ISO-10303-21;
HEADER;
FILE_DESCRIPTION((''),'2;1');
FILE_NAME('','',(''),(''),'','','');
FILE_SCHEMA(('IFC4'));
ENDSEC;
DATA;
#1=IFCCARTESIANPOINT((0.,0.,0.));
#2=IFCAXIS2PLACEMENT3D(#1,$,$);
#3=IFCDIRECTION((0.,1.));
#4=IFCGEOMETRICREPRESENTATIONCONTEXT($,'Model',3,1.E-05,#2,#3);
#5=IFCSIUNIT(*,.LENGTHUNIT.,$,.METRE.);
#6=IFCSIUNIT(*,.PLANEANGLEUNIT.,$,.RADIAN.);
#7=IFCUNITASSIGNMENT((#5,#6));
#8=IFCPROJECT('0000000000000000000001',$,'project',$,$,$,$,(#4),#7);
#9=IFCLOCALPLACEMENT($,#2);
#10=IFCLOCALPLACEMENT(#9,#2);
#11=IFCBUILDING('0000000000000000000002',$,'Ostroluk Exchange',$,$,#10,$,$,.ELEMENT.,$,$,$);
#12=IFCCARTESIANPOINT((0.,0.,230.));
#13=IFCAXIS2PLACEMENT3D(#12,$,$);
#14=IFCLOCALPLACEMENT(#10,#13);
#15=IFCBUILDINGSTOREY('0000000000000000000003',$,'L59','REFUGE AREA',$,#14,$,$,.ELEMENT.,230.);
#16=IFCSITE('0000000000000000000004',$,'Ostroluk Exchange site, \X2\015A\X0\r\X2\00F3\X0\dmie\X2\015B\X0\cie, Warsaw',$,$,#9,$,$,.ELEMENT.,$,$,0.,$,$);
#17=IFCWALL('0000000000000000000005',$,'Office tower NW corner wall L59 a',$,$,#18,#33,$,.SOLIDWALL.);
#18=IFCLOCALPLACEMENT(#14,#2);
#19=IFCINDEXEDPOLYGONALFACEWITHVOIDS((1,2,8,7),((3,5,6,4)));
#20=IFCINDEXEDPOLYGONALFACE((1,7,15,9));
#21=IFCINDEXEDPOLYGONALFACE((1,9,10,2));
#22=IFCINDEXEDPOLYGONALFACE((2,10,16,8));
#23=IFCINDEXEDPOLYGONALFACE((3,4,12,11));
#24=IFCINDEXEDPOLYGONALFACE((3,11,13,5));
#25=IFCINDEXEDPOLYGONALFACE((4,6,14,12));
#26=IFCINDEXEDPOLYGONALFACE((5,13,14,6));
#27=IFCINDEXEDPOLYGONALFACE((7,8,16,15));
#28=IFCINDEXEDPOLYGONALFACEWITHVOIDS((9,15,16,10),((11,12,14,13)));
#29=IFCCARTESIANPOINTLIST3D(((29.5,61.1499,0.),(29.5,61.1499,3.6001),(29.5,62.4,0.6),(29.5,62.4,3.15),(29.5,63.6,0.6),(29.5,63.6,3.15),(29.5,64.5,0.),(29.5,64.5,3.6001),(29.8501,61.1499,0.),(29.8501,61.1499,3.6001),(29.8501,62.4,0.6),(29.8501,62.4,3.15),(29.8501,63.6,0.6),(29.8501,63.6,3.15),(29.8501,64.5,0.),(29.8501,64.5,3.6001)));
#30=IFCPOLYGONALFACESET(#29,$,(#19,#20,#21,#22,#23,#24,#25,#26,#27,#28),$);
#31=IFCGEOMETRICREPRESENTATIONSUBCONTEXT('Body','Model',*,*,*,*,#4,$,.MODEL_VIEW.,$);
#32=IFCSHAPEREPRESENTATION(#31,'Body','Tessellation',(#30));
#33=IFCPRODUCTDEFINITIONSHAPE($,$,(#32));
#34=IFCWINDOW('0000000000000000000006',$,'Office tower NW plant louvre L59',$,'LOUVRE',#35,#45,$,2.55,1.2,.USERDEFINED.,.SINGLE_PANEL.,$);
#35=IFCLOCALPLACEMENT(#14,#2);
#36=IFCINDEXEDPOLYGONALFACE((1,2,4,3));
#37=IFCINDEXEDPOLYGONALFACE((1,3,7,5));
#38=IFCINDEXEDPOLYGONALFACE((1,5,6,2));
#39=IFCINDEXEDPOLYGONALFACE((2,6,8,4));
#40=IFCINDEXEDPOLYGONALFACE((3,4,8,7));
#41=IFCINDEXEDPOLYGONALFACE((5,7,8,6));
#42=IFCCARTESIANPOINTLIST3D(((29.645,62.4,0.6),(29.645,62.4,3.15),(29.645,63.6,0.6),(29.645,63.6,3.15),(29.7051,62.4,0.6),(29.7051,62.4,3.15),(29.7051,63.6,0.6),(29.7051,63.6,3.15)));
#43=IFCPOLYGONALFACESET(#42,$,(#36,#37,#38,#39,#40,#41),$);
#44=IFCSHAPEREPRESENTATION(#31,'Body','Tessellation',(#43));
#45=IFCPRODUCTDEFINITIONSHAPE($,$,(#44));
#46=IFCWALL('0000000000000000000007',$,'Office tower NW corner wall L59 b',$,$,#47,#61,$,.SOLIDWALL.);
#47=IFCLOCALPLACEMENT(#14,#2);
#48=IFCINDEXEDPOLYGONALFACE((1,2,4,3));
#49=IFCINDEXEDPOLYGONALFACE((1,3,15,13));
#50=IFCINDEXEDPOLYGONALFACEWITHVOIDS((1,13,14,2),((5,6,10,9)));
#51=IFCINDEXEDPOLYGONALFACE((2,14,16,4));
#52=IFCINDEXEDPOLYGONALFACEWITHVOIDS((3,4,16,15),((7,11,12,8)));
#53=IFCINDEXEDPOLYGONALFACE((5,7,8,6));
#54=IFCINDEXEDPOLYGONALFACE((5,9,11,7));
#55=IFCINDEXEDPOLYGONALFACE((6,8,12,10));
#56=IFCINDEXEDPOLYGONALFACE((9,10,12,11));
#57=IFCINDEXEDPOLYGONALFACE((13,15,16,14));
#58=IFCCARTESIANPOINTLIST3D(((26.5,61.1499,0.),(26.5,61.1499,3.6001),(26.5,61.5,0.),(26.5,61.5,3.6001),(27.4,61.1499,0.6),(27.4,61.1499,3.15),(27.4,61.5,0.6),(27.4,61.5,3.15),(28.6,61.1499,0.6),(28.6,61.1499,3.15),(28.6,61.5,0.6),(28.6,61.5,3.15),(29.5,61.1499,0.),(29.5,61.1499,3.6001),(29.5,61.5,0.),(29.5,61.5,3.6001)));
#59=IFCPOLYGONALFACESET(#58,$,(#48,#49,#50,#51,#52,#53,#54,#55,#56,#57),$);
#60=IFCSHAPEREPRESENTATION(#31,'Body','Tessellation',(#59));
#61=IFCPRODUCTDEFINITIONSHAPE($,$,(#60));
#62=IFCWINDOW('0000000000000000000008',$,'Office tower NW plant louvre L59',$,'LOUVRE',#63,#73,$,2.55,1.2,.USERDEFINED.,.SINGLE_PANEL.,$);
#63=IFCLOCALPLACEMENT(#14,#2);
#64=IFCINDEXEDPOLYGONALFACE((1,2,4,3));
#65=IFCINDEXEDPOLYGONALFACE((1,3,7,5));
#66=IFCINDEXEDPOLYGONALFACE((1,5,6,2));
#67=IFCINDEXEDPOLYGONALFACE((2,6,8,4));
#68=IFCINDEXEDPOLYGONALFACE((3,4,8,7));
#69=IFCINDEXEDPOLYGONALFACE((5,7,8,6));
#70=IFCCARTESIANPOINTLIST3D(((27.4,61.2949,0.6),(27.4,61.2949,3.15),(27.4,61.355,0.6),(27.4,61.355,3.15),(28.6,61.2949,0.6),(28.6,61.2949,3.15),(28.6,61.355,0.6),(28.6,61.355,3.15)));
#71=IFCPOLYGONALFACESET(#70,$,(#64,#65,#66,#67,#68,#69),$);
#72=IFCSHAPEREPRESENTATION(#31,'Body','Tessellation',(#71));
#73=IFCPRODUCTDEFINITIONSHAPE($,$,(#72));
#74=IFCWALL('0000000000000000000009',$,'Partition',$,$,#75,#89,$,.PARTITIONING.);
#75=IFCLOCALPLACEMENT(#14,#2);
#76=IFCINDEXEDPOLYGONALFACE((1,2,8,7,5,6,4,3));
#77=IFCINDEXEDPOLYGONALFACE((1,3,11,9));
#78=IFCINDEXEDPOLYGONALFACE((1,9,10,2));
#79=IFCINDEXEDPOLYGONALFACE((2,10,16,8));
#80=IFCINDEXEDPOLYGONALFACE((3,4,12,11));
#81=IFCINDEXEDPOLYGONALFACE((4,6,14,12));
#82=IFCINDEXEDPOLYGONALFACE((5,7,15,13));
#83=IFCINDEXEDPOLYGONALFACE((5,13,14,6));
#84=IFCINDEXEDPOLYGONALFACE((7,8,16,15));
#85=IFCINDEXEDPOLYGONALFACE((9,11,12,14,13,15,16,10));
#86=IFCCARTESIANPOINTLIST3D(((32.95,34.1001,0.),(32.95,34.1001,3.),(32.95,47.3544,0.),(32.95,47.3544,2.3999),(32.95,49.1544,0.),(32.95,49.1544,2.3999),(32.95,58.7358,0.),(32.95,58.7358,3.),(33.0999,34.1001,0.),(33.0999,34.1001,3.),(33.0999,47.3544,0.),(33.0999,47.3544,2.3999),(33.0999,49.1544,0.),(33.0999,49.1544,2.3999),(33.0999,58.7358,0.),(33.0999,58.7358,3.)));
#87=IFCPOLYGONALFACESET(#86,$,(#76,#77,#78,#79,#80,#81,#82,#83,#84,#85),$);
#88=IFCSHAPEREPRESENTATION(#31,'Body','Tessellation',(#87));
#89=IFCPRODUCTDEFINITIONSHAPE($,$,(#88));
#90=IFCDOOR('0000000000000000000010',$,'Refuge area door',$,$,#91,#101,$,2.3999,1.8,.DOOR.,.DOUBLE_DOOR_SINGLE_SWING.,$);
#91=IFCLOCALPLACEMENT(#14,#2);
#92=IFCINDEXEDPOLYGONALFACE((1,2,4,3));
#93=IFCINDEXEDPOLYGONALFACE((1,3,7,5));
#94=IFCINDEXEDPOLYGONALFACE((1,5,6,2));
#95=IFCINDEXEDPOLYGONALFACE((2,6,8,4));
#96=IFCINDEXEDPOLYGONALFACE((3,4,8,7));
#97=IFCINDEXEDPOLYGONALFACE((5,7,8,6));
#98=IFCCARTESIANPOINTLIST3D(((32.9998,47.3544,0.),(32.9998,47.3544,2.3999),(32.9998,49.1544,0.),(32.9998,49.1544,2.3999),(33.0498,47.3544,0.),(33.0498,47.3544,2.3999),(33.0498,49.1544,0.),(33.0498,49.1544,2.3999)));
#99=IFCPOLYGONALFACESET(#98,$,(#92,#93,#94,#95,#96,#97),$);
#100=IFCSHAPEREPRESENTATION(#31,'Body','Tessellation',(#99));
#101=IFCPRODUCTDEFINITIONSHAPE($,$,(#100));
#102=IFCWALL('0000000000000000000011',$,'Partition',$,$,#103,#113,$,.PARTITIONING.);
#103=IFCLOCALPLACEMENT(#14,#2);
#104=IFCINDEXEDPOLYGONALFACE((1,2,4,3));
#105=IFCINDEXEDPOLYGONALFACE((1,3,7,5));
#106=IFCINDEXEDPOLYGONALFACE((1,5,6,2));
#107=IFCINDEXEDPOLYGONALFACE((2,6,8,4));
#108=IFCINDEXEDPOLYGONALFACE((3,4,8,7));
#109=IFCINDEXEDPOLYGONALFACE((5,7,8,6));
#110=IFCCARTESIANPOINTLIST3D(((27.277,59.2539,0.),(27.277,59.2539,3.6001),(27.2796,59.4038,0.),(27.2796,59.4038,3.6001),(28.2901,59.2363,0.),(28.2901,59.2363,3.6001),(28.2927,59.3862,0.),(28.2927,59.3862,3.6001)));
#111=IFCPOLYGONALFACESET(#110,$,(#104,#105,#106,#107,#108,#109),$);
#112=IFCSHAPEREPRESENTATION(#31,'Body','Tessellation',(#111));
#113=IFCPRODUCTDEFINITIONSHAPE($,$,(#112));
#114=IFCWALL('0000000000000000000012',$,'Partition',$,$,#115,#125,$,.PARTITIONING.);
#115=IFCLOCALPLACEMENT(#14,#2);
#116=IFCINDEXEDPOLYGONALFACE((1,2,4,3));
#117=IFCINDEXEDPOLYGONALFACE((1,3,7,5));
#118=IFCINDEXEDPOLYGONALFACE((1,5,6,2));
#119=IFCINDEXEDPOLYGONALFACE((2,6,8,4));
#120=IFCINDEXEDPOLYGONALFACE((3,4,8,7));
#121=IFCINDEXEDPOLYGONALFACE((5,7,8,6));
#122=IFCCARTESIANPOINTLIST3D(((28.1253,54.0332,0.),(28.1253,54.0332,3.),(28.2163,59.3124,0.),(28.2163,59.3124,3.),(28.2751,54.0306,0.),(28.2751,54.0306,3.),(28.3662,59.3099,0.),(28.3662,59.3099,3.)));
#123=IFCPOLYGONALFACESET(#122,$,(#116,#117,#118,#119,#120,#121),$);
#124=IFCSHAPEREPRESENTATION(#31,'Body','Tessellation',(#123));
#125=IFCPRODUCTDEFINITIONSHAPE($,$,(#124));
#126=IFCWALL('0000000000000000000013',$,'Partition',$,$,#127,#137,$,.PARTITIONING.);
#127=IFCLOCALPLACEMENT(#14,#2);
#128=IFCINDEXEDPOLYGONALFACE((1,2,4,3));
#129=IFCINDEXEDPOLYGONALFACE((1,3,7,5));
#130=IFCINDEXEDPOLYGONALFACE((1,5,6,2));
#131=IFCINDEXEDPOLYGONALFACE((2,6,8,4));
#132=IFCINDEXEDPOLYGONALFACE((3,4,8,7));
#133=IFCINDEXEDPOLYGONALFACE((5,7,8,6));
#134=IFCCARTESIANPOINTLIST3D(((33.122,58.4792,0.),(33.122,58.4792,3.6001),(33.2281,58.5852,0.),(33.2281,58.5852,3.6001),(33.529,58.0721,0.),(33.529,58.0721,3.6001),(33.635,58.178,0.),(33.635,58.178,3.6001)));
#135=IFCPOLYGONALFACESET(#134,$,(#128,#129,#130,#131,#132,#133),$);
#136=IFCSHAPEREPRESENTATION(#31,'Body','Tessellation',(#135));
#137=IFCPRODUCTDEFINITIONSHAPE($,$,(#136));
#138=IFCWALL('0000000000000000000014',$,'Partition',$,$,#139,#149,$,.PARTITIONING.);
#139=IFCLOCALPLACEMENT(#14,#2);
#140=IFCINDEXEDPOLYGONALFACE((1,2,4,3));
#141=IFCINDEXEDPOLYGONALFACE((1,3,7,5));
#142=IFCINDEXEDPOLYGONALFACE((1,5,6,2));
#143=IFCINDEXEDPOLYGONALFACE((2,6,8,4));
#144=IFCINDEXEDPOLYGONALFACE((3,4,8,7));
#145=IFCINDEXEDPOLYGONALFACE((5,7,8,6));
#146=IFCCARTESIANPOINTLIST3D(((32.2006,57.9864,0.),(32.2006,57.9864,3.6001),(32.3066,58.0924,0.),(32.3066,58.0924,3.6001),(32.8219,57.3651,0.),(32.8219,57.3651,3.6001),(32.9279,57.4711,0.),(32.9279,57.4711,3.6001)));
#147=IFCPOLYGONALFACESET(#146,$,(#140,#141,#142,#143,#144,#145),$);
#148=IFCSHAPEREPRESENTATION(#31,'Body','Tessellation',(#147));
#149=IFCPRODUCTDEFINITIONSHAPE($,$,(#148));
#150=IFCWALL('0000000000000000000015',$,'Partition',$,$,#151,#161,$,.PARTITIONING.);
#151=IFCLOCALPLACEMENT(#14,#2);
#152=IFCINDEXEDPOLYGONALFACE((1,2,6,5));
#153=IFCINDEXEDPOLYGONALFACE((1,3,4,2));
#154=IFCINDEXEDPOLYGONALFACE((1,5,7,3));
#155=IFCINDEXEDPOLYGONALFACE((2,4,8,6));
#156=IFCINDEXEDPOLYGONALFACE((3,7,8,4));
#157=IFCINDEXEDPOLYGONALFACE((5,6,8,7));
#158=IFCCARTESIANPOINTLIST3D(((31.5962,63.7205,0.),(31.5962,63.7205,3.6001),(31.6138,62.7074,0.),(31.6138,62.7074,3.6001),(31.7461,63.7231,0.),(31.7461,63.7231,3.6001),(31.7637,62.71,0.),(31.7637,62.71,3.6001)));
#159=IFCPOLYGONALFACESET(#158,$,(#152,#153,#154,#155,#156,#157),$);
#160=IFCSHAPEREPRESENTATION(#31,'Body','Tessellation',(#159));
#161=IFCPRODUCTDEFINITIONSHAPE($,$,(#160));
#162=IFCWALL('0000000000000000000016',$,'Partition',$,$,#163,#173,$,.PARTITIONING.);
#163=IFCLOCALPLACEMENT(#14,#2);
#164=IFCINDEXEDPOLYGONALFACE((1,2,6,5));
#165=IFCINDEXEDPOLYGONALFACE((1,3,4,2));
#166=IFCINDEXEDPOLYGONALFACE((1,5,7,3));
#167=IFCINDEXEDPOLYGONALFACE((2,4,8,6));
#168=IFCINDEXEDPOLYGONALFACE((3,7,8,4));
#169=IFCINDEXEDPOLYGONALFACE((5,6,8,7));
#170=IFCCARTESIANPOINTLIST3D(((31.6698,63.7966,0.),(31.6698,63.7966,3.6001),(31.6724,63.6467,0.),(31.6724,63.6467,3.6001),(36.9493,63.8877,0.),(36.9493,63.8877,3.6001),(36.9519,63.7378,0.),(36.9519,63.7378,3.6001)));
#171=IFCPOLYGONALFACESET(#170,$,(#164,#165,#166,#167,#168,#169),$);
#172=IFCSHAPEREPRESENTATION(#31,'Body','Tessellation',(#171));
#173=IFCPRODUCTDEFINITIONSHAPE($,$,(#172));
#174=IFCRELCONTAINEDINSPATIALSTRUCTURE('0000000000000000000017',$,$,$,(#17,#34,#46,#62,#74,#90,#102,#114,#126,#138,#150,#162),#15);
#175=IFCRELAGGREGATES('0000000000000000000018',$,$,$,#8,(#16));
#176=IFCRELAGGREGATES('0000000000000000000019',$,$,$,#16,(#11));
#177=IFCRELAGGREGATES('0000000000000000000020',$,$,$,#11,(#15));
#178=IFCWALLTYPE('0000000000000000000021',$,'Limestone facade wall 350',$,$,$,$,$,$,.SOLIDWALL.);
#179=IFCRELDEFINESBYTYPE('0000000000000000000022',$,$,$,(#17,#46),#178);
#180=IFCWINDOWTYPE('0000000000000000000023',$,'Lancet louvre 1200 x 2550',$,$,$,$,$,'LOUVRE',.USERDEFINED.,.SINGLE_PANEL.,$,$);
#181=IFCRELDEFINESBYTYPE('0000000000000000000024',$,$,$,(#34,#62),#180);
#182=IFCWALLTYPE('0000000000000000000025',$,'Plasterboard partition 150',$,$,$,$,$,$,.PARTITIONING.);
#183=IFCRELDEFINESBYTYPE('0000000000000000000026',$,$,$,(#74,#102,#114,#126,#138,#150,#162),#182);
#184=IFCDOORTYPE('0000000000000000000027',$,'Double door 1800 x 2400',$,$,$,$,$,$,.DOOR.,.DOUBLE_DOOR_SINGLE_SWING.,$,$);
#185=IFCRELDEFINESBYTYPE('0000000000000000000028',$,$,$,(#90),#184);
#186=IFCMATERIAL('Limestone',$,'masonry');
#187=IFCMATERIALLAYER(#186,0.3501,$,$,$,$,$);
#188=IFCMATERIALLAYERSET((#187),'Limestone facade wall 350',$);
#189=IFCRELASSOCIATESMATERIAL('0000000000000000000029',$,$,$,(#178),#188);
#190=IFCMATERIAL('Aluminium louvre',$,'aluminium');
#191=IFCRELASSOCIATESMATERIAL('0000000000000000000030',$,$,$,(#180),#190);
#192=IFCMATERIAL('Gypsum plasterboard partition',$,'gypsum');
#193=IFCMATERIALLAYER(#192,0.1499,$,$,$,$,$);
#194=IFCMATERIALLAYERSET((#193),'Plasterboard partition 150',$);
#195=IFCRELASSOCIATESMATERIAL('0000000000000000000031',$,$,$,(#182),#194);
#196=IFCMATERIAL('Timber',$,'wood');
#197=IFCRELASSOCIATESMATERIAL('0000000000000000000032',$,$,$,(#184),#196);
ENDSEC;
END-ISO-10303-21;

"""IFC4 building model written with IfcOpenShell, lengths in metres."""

from ifc_helpers import new_model, si_unit, direction, frame, frame_2d, origin, place, context, subcontext, project, spatial, rectangle, extrude, material, layer, layer_set, type_object, element, fill, save


model = new_model("IFC4")

# Units and contexts
model_context = context("Model", 3, precision=1e-05, world=origin(), true_north=direction((0.0, 1.0)))
body_context = subcontext(model_context, "Body", "Model", "MODEL_VIEW")
ifc_project = project(units=[si_unit("LENGTHUNIT", "METRE"), si_unit("PLANEANGLEUNIT", "RADIAN")], contexts=[model_context])

# Site, building, storey
site_placement = place(None, origin())
site = spatial("IfcSite", under=ifc_project, at=site_placement, Name="Ostroluk Exchange site, Śródmieście, Warsaw", CompositionType="ELEMENT", RefElevation=0.0)
building_placement = place(site_placement, origin())
building = spatial("IfcBuilding", under=site, at=building_placement, Name="Ostroluk Exchange", CompositionType="ELEMENT")
storey_placement = place(building_placement, frame((0.0, 0.0, 230.0)))
storey = spatial("IfcBuildingStorey", under=building, at=storey_placement, Name="L59", Description="REFUGE AREA", CompositionType="ELEMENT", Elevation=230.0)

# Walls, openings, windows
ifc_material_1 = material(Name="Limestone", Category="masonry")
ifc_layer_1 = layer(ifc_material_1, 0.3501)
ifc_layer_set_1 = layer_set([ifc_layer_1], Name="Limestone facade wall 350")
wall_type_1 = type_object("IfcWallType", Name="Limestone facade wall 350", PredefinedType="SOLIDWALL", material=ifc_layer_set_1)
wall_1_placement = place(storey_placement, frame((29.675, 64.5, 0.0), z_axis=(0.0, 0.0, 1.0), x_axis=(0.0, -1.0, 0.0)))
wall_1 = element("IfcWall", 1, at=wall_1_placement, inside=storey, type_object=wall_type_1, Name="Office tower NW corner wall L59 a", PredefinedType="SOLIDWALL", context=body_context, shape_type="SweptSolid", body=[
    extrude(rectangle(XDim=3.3501, YDim=0.3501, at=frame_2d((1.675, 0.0))), origin(), (0.0, 0.0, 1.0), 3.6001),
])
opening_1_placement = place(wall_1_placement, frame((0.8999, 0.0, 0.6001)))
opening_1 = element("IfcOpeningElement", 2, at=opening_1_placement, cuts=wall_1, PredefinedType="OPENING", context=body_context, shape_type="SweptSolid", body=[
    extrude(rectangle(XDim=1.2, YDim=2.55, at=frame_2d((0.6001, 1.2749))), frame((0.0, 0.1851, 0.0), z_axis=(0.0, -1.0, 0.0), x_axis=(1.0, 0.0, 0.0)), (0.0, 0.0, 1.0), 0.3701),
])
ifc_material_2 = material(Name="Aluminium louvre", Category="aluminium")
window_type = type_object("IfcWindowType", Name="Lancet louvre 1200 x 2550", ElementType="LOUVRE", PartitioningType="SINGLE_PANEL", PredefinedType="USERDEFINED", material=ifc_material_2)
window_1_placement = place(opening_1_placement, origin())
window_1 = element("IfcWindow", 3, at=window_1_placement, inside=storey, type_object=window_type, Name="Office tower NW plant louvre L59", ObjectType="LOUVRE", OverallHeight=2.55, OverallWidth=1.2, PartitioningType="SINGLE_PANEL", PredefinedType="USERDEFINED", context=body_context, shape_type="SweptSolid", body=[
    extrude(rectangle(XDim=1.2, YDim=2.55, at=frame_2d((0.6001, 1.2749))), frame((0.0, 0.03, 0.0), z_axis=(0.0, -1.0, 0.0), x_axis=(1.0, 0.0, 0.0)), (0.0, 0.0, 1.0), 0.0601),
])
fill(opening_1, window_1)
wall_2_placement = place(storey_placement, frame((29.5, 61.325, 0.0), z_axis=(0.0, 0.0, 1.0), x_axis=(-1.0, 0.0, 0.0)))
wall_2 = element("IfcWall", 4, at=wall_2_placement, inside=storey, type_object=wall_type_1, Name="Office tower NW corner wall L59 b", PredefinedType="SOLIDWALL", context=body_context, shape_type="SweptSolid", body=[
    extrude(rectangle(XDim=3.0, YDim=0.3501, at=frame_2d((1.5, 0.0))), origin(), (0.0, 0.0, 1.0), 3.6001),
])
opening_2_placement = place(wall_2_placement, frame((0.8999, 0.0, 0.6001)))
opening_2 = element("IfcOpeningElement", 5, at=opening_2_placement, cuts=wall_2, PredefinedType="OPENING", context=body_context, shape_type="SweptSolid", body=[
    extrude(rectangle(XDim=1.2, YDim=2.55, at=frame_2d((0.6001, 1.2749))), frame((0.0, 0.1851, 0.0), z_axis=(0.0, -1.0, 0.0), x_axis=(1.0, 0.0, 0.0)), (0.0, 0.0, 1.0), 0.3701),
])
window_2_placement = place(opening_2_placement, origin())
window_2 = element("IfcWindow", 6, at=window_2_placement, inside=storey, type_object=window_type, Name="Office tower NW plant louvre L59", ObjectType="LOUVRE", OverallHeight=2.55, OverallWidth=1.2, PartitioningType="SINGLE_PANEL", PredefinedType="USERDEFINED", context=body_context, shape_type="SweptSolid", body=[
    extrude(rectangle(XDim=1.2, YDim=2.55, at=frame_2d((0.6001, 1.2749))), frame((0.0, 0.03, 0.0), z_axis=(0.0, -1.0, 0.0), x_axis=(1.0, 0.0, 0.0)), (0.0, 0.0, 1.0), 0.0601),
])
fill(opening_2, window_2)

# Wall, opening, door
ifc_material_3 = material(Name="Gypsum plasterboard partition", Category="gypsum")
ifc_layer_2 = layer(ifc_material_3, 0.1499)
ifc_layer_set_2 = layer_set([ifc_layer_2], Name="Plasterboard partition 150")
wall_type_2 = type_object("IfcWallType", Name="Plasterboard partition 150", PredefinedType="PARTITIONING", material=ifc_layer_set_2)
wall_3_placement = place(storey_placement, frame((33.0249, 58.7358, 0.0), z_axis=(0.0, 0.0, 1.0), x_axis=(0.0, -1.0, 0.0)))
wall_3 = element("IfcWall", 7, at=wall_3_placement, inside=storey, type_object=wall_type_2, Name="Partition", PredefinedType="PARTITIONING", context=body_context, shape_type="SweptSolid", body=[
    extrude(rectangle(XDim=24.6357, YDim=0.1499, at=frame_2d((12.3179, 0.0))), origin(), (0.0, 0.0, 1.0), 3.0),
])
opening_3_placement = place(wall_3_placement, frame((9.5815, 0.0, 0.0)))
opening_3 = element("IfcOpeningElement", 8, at=opening_3_placement, cuts=wall_3, PredefinedType="OPENING", context=body_context, shape_type="SweptSolid", body=[
    extrude(rectangle(XDim=1.8, YDim=2.3999, at=frame_2d((0.8999, 1.2))), frame((0.0, 0.085, 0.0), z_axis=(0.0, -1.0, 0.0), x_axis=(1.0, 0.0, 0.0)), (0.0, 0.0, 1.0), 0.1699),
])
ifc_material_4 = material(Name="Timber", Category="wood")
door_type = type_object("IfcDoorType", Name="Double door 1800 x 2400", OperationType="DOUBLE_DOOR_SINGLE_SWING", PredefinedType="DOOR", material=ifc_material_4)
door_placement = place(opening_3_placement, origin())
door = element("IfcDoor", 9, at=door_placement, inside=storey, type_object=door_type, Name="Refuge area door", OperationType="DOUBLE_DOOR_SINGLE_SWING", OverallHeight=2.3999, OverallWidth=1.8, PredefinedType="DOOR", context=body_context, shape_type="SweptSolid", body=[
    extrude(rectangle(XDim=1.8, YDim=2.3999, at=frame_2d((0.8999, 1.2))), frame((0.0, 0.0249, 0.0), z_axis=(0.0, -1.0, 0.0), x_axis=(1.0, 0.0, 0.0)), (0.0, 0.0, 1.0), 0.05),
])
fill(opening_3, door)

# Walls
wall_4_placement = place(storey_placement, frame((27.2783, 59.3289, 0.0), z_axis=(0.0, 0.0, 1.0), x_axis=(0.999849, -0.017351, 0.0)))
element("IfcWall", 10, at=wall_4_placement, inside=storey, type_object=wall_type_2, Name="Partition", PredefinedType="PARTITIONING", context=body_context, shape_type="SweptSolid", body=[
    extrude(rectangle(XDim=1.0132, YDim=0.1499, at=frame_2d((0.5066, 0.0))), origin(), (0.0, 0.0, 1.0), 3.6001),
])
wall_5_placement = place(storey_placement, frame((28.2913, 59.3113, 0.0), z_axis=(0.0, 0.0, 1.0), x_axis=(-0.017247, -0.999851, 0.0)))
element("IfcWall", 11, at=wall_5_placement, inside=storey, type_object=wall_type_2, Name="Partition", PredefinedType="PARTITIONING", context=body_context, shape_type="SweptSolid", body=[
    extrude(rectangle(XDim=5.28, YDim=0.1499, at=frame_2d((2.6401, 0.0))), origin(), (0.0, 0.0, 1.0), 3.0),
])
wall_6_placement = place(storey_placement, frame((33.175, 58.5322, 0.0), z_axis=(0.0, 0.0, 1.0), x_axis=(0.706895, -0.707319, 0.0)))
element("IfcWall", 12, at=wall_6_placement, inside=storey, type_object=wall_type_2, Name="Partition", PredefinedType="PARTITIONING", context=body_context, shape_type="SweptSolid", body=[
    extrude(rectangle(XDim=0.5757, YDim=0.1499, at=frame_2d((0.2878, 0.0))), origin(), (0.0, 0.0, 1.0), 3.6001),
])
wall_7_placement = place(storey_placement, frame((32.875, 57.418, 0.0), z_axis=(0.0, 0.0, 1.0), x_axis=(-0.707107, 0.707107, 0.0)))
element("IfcWall", 13, at=wall_7_placement, inside=storey, type_object=wall_type_2, Name="Partition", PredefinedType="PARTITIONING", context=body_context, shape_type="SweptSolid", body=[
    extrude(rectangle(XDim=0.8787, YDim=0.1499, at=frame_2d((0.4395, 0.0))), origin(), (0.0, 0.0, 1.0), 3.6001),
])
wall_8_placement = place(storey_placement, frame((31.6887, 62.7087, 0.0), z_axis=(0.0, 0.0, 1.0), x_axis=(-0.017351, 0.999849, 0.0)))
element("IfcWall", 14, at=wall_8_placement, inside=storey, type_object=wall_type_2, Name="Partition", PredefinedType="PARTITIONING", context=body_context, shape_type="SweptSolid", body=[
    extrude(rectangle(XDim=1.0132, YDim=0.1499, at=frame_2d((0.5066, 0.0))), origin(), (0.0, 0.0, 1.0), 3.6001),
])
wall_9_placement = place(storey_placement, frame((31.6711, 63.7217, 0.0), z_axis=(0.0, 0.0, 1.0), x_axis=(0.999851, 0.017246, 0.0)))
element("IfcWall", 15, at=wall_9_placement, inside=storey, type_object=wall_type_2, Name="Partition", PredefinedType="PARTITIONING", context=body_context, shape_type="SweptSolid", body=[
    extrude(rectangle(XDim=5.2803, YDim=0.1499, at=frame_2d((2.6401, 0.0))), origin(), (0.0, 0.0, 1.0), 3.6001),
])

save(model, "model.ifc")
